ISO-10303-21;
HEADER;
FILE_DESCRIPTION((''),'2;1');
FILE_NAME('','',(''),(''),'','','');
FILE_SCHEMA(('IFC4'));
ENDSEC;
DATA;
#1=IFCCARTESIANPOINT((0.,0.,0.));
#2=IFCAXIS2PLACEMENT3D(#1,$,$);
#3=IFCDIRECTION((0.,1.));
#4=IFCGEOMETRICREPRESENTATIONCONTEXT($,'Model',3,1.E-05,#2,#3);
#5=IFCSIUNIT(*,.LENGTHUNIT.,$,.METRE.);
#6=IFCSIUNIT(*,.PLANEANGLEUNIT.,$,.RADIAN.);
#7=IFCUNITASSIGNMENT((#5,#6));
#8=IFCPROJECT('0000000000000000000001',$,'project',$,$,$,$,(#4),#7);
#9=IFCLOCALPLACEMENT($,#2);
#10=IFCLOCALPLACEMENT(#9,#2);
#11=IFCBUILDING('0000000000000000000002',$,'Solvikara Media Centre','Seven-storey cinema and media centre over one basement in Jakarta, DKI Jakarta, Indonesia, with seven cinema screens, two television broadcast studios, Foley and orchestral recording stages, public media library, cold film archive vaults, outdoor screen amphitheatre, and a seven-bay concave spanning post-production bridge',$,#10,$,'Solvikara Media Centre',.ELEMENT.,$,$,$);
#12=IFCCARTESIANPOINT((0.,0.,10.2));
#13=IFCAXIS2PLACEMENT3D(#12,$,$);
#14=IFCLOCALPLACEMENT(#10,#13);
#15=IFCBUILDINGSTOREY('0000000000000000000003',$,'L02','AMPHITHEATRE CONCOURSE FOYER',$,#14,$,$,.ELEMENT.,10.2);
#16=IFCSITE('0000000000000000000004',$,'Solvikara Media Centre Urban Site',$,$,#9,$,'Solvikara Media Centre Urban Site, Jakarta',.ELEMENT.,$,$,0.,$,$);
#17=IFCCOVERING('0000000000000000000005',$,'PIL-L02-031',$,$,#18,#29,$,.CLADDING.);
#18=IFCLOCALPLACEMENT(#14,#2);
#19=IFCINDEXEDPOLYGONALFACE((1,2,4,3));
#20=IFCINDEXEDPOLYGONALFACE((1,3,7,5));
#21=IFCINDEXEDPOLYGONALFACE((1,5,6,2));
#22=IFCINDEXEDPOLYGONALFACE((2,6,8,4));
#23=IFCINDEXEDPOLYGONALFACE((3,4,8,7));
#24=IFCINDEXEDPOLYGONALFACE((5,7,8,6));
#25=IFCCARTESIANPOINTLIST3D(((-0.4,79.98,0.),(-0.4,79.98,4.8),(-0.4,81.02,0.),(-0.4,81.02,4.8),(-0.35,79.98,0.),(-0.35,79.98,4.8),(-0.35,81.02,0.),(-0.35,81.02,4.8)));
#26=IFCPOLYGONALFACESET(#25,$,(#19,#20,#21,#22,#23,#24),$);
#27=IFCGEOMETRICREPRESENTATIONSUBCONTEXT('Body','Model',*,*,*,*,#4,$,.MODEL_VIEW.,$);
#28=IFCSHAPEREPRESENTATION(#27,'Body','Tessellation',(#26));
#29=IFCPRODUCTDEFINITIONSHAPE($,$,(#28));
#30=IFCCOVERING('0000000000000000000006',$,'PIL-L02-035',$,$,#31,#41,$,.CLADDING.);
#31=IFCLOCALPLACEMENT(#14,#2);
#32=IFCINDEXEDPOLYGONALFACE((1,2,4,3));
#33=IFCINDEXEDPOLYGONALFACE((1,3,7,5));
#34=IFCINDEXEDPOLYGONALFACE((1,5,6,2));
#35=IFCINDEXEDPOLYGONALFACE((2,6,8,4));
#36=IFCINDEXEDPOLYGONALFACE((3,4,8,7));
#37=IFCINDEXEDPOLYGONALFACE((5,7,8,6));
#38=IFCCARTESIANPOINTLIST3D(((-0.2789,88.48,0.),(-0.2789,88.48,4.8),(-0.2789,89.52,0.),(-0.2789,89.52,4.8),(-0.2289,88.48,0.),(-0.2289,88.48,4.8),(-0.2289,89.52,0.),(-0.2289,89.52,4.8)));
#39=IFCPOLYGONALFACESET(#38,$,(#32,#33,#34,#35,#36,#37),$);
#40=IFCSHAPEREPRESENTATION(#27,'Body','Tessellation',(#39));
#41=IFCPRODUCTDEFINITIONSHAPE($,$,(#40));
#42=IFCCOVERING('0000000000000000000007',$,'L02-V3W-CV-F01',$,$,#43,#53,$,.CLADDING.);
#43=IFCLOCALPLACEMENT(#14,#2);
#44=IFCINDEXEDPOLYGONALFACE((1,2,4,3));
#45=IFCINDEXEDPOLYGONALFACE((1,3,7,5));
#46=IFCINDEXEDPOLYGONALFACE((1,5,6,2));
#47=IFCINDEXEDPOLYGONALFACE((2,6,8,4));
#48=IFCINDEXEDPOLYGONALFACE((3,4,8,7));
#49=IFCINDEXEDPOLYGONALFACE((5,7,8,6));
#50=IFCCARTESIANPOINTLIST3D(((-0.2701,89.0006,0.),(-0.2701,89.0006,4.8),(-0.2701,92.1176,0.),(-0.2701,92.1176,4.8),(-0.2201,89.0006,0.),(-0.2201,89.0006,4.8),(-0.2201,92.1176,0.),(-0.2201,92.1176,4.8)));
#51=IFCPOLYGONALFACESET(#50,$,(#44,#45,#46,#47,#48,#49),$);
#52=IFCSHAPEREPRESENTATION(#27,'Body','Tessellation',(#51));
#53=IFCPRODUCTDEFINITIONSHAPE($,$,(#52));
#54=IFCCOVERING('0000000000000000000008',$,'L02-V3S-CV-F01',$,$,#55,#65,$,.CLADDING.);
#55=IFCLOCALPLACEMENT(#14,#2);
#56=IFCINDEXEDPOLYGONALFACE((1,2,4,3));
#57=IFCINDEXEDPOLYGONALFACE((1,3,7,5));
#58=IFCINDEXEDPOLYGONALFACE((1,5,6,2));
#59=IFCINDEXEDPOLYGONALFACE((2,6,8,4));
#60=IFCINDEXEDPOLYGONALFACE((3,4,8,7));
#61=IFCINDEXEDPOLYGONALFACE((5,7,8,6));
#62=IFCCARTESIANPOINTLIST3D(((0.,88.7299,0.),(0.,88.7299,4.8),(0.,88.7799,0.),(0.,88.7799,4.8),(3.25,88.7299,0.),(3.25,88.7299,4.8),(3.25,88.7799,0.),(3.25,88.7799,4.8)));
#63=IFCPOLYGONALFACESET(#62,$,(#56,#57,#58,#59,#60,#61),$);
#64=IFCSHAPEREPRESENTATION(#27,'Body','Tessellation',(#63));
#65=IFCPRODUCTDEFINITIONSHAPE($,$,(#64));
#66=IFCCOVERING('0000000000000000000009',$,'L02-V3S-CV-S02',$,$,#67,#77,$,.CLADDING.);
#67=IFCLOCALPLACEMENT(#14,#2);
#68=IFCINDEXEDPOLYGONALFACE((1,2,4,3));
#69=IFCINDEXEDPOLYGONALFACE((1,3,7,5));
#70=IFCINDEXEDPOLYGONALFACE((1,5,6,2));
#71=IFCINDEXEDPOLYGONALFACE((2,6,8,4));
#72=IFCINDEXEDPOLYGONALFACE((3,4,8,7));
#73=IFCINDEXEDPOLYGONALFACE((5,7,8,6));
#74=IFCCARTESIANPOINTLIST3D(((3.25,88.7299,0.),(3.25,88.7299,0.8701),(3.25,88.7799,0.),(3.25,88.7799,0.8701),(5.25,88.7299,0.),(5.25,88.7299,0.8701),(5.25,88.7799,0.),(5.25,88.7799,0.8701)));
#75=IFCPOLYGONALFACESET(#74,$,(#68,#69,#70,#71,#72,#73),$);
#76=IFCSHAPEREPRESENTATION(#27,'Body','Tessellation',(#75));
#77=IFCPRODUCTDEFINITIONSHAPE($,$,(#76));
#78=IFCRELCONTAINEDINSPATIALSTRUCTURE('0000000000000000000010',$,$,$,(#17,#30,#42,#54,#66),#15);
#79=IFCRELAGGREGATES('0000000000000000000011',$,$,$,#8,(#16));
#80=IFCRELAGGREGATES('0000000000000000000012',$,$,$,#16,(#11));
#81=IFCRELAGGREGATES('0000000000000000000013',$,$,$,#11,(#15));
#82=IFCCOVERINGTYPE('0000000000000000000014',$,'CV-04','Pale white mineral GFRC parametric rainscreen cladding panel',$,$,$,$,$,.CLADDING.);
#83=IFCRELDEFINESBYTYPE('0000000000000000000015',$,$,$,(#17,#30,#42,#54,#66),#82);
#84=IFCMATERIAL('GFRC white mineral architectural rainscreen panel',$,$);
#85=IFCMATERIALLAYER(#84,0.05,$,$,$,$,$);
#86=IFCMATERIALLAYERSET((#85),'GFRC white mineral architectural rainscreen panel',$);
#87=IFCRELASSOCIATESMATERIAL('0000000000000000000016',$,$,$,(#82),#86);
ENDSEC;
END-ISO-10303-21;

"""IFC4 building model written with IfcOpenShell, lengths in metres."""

from ifc_helpers import new_model, si_unit, direction, frame, origin, origin_2d, place, context, subcontext, project, spatial, rectangle, extrude, material, layer, layer_set, type_object, element, save


model = new_model("IFC4")

# Units and contexts
model_context = context("Model", 3, precision=1e-05, world=origin(), true_north=direction((0.0, 1.0)))
body_context = subcontext(model_context, "Body", "Model", "MODEL_VIEW")
ifc_project = project(units=[si_unit("LENGTHUNIT", "METRE"), si_unit("PLANEANGLEUNIT", "RADIAN")], contexts=[model_context])

# Site, building, storey
site_placement = place(None, origin())
site = spatial("IfcSite", under=ifc_project, at=site_placement, Name="Solvikara Media Centre Urban Site", LongName="Solvikara Media Centre Urban Site, Jakarta", CompositionType="ELEMENT", RefElevation=0.0)
building_placement = place(site_placement, origin())
building = spatial("IfcBuilding", under=site, at=building_placement, Name="Solvikara Media Centre", Description="Seven-storey cinema and media centre over one basement in Jakarta, DKI Jakarta, Indonesia, with seven cinema screens, two television broadcast studios, Foley and orchestral recording stages, public media library, cold film archive vaults, outdoor screen amphitheatre, and a seven-bay concave spanning post-production bridge", LongName="Solvikara Media Centre", CompositionType="ELEMENT")
storey_placement = place(building_placement, frame((0.0, 0.0, 10.2)))
storey = spatial("IfcBuildingStorey", under=building, at=storey_placement, Name="L02", Description="AMPHITHEATRE CONCOURSE FOYER", CompositionType="ELEMENT", Elevation=10.2)

# Coverings
ifc_material_1 = material(Name="GFRC white mineral architectural rainscreen panel")
ifc_layer_1 = layer(ifc_material_1, 0.05)
ifc_layer_set_1 = layer_set([ifc_layer_1], Name="GFRC white mineral architectural rainscreen panel")
covering_type = type_object("IfcCoveringType", Name="CV-04", Description="Pale white mineral GFRC parametric rainscreen cladding panel", PredefinedType="CLADDING", material=ifc_layer_set_1)
for number, where, z_axis, x_axis, name in (
    (1, (-0.375, 80.5, 0.0), (0.0, 0.0, 1.0), (0.0, -1.0, 0.0), "PIL-L02-031"),
    (2, (-0.2539, 89.0, 0.0), (0.0, 0.0, 1.0), (0.0, -1.0, 0.0), "PIL-L02-035"),
):
    element("IfcCovering", number, at=place(storey_placement, frame(where, z_axis=z_axis, x_axis=x_axis)), inside=storey, type_object=covering_type, Name=name, PredefinedType="CLADDING", context=body_context, shape_type="SweptSolid", body=[
        extrude(rectangle(XDim=1.04, YDim=0.05, at=origin_2d()), origin(), (0.0, 0.0, 1.0), 4.8),
    ])
covering_1_placement = place(storey_placement, frame((-0.2451, 90.5591, 0.0), z_axis=(0.0, 0.0, 1.0), x_axis=(0.0, 1.0, 0.0)))
element("IfcCovering", 3, at=covering_1_placement, inside=storey, type_object=covering_type, Name="L02-V3W-CV-F01", PredefinedType="CLADDING", context=body_context, shape_type="SweptSolid", body=[
    extrude(rectangle(XDim=3.1169, YDim=0.05, at=origin_2d()), origin(), (0.0, 0.0, 1.0), 4.8),
])
covering_2_placement = place(storey_placement, frame((1.625, 88.7549, 0.0), z_axis=(0.0, 0.0, 1.0), x_axis=(1.0, 0.0, 0.0)))
element("IfcCovering", 4, at=covering_2_placement, inside=storey, type_object=covering_type, Name="L02-V3S-CV-F01", PredefinedType="CLADDING", context=body_context, shape_type="SweptSolid", body=[
    extrude(rectangle(XDim=3.25, YDim=0.05, at=origin_2d()), origin(), (0.0, 0.0, 1.0), 4.8),
])
covering_3_placement = place(storey_placement, frame((4.25, 88.7549, 0.0), z_axis=(0.0, 0.0, 1.0), x_axis=(1.0, 0.0, 0.0)))
element("IfcCovering", 5, at=covering_3_placement, inside=storey, type_object=covering_type, Name="L02-V3S-CV-S02", PredefinedType="CLADDING", context=body_context, shape_type="SweptSolid", body=[
    extrude(rectangle(XDim=2.0, YDim=0.05, at=origin_2d()), origin(), (0.0, 0.0, 1.0), 0.8701),
])

save(model, "model.ifc")
